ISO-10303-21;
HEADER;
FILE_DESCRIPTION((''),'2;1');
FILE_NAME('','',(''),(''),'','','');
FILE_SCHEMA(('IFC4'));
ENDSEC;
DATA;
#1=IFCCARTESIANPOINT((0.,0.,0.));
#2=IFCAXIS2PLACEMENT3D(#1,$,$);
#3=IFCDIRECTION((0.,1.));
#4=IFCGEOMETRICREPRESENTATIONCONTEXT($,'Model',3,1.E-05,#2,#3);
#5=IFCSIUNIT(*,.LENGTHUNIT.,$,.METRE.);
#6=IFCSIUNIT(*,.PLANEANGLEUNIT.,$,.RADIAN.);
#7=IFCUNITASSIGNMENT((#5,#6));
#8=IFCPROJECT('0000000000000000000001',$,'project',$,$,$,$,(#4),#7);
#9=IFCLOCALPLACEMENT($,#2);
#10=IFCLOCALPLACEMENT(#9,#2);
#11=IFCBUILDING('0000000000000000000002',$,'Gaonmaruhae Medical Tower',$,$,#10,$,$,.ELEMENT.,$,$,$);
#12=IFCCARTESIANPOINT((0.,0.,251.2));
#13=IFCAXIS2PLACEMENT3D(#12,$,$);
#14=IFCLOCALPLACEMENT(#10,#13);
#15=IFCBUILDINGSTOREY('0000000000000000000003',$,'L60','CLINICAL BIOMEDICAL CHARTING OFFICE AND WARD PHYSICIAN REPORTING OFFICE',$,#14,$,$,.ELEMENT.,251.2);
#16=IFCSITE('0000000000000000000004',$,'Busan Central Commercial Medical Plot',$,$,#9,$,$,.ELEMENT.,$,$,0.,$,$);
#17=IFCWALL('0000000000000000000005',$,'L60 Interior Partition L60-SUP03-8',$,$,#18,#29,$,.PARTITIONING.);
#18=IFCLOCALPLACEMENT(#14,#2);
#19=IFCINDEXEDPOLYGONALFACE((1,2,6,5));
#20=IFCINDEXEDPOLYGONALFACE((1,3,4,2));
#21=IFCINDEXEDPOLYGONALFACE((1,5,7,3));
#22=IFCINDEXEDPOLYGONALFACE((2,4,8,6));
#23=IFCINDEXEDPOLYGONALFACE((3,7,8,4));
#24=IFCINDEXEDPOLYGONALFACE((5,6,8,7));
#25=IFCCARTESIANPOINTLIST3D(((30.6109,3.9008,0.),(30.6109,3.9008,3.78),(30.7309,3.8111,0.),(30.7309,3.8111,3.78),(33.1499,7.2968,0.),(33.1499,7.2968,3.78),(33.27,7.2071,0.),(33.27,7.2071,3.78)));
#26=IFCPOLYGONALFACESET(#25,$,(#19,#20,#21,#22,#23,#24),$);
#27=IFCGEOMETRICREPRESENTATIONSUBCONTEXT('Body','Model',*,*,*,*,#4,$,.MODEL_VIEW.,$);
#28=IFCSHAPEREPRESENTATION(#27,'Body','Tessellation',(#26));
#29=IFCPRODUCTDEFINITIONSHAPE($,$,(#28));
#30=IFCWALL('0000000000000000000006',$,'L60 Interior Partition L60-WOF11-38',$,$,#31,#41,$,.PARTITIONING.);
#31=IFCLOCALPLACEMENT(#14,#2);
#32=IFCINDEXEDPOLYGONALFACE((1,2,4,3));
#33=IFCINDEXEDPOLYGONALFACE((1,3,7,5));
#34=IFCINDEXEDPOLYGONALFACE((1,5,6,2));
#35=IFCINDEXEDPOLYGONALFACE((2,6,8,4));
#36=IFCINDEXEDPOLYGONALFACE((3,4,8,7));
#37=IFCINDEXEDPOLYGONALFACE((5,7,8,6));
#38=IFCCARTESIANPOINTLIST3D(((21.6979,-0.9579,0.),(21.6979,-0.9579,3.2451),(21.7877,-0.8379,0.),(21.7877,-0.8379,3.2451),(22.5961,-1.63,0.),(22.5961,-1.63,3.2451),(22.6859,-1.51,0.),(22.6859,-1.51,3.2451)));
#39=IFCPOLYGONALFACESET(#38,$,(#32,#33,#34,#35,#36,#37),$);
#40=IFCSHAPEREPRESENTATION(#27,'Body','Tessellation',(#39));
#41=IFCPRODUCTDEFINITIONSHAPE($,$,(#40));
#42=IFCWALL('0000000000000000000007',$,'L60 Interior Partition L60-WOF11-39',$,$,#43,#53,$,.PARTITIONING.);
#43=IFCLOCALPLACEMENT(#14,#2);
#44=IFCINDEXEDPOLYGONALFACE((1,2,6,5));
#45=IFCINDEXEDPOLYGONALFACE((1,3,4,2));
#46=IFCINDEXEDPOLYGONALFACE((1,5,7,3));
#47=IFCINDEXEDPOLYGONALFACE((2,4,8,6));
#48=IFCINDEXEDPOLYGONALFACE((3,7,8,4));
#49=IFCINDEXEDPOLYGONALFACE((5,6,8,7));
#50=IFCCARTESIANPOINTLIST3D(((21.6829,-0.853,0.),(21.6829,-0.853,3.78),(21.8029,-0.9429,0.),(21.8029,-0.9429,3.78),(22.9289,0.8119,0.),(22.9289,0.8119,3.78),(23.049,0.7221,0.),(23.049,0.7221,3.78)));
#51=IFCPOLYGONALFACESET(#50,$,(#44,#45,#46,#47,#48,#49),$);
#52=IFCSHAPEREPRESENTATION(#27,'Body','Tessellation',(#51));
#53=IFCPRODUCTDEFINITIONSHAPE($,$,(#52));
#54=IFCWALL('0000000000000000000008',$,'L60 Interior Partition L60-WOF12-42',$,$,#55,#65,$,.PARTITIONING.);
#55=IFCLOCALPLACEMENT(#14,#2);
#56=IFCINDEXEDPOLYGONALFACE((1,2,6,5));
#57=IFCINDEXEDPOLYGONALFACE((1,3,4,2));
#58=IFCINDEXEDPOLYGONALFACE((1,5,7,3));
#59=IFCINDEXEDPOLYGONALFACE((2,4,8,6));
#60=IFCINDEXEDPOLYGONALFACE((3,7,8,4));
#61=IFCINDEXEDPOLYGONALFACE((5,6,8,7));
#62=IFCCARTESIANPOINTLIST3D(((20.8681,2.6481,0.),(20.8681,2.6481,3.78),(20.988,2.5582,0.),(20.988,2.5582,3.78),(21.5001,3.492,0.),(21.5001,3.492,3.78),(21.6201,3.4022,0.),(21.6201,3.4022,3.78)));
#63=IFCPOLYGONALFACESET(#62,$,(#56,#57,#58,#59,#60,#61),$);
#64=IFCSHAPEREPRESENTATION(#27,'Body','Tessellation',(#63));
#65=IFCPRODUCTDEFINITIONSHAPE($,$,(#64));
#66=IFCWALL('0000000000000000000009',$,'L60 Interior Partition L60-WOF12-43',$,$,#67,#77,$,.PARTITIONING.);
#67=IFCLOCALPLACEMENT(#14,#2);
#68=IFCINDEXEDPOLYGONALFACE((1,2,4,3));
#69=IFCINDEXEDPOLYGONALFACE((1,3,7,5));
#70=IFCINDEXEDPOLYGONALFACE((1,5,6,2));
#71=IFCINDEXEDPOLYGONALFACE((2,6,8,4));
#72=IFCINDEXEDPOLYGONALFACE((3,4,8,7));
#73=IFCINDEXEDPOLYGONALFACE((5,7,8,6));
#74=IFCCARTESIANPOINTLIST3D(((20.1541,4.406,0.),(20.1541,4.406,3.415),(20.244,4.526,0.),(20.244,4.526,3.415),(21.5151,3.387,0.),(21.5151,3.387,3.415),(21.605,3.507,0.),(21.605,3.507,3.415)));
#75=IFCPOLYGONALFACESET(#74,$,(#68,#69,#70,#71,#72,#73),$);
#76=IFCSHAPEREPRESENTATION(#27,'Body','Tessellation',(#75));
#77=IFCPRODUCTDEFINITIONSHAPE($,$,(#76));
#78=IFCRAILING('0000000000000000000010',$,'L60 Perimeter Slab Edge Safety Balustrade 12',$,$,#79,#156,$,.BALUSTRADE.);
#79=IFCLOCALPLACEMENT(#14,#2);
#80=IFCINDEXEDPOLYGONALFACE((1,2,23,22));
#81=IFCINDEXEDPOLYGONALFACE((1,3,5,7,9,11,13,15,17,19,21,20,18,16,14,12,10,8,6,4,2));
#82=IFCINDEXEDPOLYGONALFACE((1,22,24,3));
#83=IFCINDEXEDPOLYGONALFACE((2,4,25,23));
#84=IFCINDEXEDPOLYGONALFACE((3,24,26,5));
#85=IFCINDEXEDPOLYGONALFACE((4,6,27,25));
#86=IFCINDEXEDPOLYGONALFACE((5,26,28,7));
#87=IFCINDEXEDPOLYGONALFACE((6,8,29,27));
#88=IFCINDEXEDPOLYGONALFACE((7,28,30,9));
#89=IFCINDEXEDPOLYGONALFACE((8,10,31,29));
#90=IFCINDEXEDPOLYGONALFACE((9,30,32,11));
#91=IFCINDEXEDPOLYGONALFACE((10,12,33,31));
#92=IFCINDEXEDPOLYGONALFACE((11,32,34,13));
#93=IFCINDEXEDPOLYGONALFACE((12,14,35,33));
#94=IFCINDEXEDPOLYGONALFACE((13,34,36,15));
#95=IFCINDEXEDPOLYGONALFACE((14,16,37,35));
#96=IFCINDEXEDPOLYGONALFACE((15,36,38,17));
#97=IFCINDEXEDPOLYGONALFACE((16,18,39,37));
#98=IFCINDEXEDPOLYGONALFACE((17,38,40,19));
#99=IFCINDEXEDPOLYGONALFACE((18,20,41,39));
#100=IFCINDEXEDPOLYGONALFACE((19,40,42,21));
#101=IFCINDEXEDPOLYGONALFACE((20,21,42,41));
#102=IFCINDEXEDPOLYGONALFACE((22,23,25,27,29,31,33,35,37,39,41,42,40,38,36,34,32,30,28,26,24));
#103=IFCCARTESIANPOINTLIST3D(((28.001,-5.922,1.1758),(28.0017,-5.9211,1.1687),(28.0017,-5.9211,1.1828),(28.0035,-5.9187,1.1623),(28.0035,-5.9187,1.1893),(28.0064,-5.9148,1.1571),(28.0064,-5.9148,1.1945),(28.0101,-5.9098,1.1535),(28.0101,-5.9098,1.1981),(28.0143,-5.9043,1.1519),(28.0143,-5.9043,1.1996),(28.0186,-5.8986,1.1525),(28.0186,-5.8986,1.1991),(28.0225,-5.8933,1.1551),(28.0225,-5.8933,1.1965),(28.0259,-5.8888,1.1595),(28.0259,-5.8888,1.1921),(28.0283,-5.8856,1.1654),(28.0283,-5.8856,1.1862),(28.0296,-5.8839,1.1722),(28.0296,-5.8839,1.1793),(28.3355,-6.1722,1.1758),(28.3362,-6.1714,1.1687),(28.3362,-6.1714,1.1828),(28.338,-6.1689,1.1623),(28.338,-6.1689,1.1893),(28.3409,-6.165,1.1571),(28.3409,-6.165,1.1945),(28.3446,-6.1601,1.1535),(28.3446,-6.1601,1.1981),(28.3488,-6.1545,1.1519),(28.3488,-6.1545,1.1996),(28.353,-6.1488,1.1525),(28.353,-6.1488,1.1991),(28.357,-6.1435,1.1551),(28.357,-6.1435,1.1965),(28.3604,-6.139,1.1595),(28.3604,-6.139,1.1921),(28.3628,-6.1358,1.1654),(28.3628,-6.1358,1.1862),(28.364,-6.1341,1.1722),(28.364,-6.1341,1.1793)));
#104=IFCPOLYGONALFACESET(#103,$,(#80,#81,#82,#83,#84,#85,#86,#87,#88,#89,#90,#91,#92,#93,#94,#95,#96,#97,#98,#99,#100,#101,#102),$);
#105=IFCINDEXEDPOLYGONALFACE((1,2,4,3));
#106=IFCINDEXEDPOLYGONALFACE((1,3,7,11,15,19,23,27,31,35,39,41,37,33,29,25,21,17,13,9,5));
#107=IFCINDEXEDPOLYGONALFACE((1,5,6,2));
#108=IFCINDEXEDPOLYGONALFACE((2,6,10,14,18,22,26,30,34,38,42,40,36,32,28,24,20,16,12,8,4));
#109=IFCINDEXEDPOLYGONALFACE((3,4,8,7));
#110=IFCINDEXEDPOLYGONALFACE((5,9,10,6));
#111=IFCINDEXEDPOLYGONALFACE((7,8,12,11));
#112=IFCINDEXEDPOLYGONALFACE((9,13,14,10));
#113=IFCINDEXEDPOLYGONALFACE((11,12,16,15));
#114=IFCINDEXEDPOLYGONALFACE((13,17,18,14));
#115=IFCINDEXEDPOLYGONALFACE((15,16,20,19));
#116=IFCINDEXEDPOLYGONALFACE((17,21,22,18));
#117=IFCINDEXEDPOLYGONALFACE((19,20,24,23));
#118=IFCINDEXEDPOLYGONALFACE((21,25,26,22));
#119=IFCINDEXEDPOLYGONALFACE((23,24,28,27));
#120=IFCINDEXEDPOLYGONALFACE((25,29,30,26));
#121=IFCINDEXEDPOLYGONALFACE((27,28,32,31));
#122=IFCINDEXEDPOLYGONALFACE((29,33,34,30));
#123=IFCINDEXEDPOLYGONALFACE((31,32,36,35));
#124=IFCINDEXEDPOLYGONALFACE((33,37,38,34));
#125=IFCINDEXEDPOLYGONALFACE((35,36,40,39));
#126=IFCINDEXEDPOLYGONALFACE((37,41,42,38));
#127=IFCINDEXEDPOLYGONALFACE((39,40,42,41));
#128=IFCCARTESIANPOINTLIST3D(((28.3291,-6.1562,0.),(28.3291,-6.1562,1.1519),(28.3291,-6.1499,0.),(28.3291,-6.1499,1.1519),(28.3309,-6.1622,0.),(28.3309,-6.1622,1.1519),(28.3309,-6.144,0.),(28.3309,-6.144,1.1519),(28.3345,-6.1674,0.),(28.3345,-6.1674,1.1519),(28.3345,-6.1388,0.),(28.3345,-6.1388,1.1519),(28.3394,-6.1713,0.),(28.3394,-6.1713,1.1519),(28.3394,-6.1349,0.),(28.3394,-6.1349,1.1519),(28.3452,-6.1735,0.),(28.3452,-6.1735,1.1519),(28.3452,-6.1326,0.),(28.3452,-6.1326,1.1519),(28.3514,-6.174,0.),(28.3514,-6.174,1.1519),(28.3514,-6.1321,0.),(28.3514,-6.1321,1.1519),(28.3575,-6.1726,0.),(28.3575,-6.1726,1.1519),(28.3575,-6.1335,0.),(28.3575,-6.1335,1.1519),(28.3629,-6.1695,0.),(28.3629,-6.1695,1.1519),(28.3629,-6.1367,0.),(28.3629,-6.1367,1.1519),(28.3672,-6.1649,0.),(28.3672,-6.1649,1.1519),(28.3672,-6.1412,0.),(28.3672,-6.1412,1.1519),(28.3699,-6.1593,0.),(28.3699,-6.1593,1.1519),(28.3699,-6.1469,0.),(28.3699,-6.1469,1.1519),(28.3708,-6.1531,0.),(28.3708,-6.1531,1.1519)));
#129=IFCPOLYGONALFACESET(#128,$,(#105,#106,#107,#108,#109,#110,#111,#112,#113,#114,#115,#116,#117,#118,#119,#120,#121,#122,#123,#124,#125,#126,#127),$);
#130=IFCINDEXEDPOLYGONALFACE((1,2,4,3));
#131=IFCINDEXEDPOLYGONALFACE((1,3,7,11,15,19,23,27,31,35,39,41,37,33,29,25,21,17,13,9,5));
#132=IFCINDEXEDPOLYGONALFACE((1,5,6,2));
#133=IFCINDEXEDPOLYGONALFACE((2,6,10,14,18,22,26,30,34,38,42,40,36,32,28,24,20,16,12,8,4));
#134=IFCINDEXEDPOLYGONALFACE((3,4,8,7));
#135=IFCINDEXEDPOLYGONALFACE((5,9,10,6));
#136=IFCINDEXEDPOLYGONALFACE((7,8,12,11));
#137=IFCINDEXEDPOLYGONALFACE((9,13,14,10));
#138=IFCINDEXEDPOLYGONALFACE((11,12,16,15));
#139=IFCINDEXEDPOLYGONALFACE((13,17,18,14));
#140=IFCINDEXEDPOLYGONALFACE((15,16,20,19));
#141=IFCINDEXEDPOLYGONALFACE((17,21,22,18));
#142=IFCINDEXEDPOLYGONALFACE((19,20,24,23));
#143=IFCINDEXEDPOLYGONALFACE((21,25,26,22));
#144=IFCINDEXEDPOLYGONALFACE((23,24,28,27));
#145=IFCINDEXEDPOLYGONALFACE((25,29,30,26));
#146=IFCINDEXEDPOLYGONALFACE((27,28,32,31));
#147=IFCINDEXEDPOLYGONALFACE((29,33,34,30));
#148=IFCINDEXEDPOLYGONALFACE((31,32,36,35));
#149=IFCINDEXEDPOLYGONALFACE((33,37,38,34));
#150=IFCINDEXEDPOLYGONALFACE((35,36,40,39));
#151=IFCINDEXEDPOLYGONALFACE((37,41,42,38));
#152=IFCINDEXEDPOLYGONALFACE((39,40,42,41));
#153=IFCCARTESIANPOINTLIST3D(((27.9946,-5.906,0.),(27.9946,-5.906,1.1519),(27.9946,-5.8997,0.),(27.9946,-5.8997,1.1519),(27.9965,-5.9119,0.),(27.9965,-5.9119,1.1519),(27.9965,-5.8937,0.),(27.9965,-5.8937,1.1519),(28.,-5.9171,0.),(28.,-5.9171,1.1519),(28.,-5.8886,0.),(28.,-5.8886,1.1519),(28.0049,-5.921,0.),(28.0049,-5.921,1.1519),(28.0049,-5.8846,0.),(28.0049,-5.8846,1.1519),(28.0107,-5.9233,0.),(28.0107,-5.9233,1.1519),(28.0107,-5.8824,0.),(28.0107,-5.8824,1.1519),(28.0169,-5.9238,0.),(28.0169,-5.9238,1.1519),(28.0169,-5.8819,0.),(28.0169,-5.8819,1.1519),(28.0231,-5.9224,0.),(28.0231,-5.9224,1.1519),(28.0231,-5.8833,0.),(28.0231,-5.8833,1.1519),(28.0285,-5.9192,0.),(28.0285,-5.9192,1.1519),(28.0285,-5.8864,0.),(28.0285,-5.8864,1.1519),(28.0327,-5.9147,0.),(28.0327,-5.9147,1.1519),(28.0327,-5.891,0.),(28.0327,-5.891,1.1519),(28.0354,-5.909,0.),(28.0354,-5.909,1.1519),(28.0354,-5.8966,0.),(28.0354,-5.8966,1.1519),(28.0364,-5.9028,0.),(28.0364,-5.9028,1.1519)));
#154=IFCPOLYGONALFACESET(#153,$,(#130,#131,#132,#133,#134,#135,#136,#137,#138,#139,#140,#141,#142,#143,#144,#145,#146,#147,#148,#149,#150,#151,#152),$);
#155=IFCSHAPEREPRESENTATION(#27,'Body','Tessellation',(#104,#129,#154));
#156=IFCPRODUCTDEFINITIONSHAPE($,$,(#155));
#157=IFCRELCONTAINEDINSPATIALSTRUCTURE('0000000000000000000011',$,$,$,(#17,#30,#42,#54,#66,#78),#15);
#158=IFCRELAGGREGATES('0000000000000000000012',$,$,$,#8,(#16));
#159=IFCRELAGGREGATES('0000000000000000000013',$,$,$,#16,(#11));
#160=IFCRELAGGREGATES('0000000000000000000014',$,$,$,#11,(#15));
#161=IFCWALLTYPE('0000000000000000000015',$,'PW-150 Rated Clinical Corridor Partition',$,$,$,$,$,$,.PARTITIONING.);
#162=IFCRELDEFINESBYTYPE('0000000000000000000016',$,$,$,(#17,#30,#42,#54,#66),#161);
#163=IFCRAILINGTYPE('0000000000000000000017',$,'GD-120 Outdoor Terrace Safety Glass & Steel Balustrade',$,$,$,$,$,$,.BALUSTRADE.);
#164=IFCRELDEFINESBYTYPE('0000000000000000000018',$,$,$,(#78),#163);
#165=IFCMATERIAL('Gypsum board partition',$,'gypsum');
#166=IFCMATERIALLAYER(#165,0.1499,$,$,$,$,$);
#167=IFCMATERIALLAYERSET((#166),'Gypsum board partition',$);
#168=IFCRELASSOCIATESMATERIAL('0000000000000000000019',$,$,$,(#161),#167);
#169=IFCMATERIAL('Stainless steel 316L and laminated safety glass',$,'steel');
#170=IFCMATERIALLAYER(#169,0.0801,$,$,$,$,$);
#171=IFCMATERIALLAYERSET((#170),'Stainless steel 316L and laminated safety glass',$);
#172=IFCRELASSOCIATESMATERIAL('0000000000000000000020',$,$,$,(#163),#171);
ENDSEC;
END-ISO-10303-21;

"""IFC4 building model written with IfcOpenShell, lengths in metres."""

from ifc_helpers import new_model, si_unit, direction, frame, frame_2d, origin, origin_2d, place, context, subcontext, project, spatial, rectangle, circle, extrude, material, layer, layer_set, type_object, element, save


model = new_model("IFC4")

# Units and contexts
model_context = context("Model", 3, precision=1e-05, world=origin(), true_north=direction((0.0, 1.0)))
body_context = subcontext(model_context, "Body", "Model", "MODEL_VIEW")
ifc_project = project(units=[si_unit("LENGTHUNIT", "METRE"), si_unit("PLANEANGLEUNIT", "RADIAN")], contexts=[model_context])

# Site, building, storey
site_placement = place(None, origin())
site = spatial("IfcSite", under=ifc_project, at=site_placement, Name="Busan Central Commercial Medical Plot", CompositionType="ELEMENT", RefElevation=0.0)
building_placement = place(site_placement, origin())
building = spatial("IfcBuilding", under=site, at=building_placement, Name="Gaonmaruhae Medical Tower", CompositionType="ELEMENT")
storey_placement = place(building_placement, frame((0.0, 0.0, 251.2)))
storey = spatial("IfcBuildingStorey", under=building, at=storey_placement, Name="L60", Description="CLINICAL BIOMEDICAL CHARTING OFFICE AND WARD PHYSICIAN REPORTING OFFICE", CompositionType="ELEMENT", Elevation=251.2)

# Walls
ifc_material_1 = material(Name="Gypsum board partition", Category="gypsum")
ifc_layer_1 = layer(ifc_material_1, 0.1499)
ifc_layer_set_1 = layer_set([ifc_layer_1], Name="Gypsum board partition")
wall_type_1 = type_object("IfcWallType", Name="PW-150 Rated Clinical Corridor Partition", PredefinedType="PARTITIONING", material=ifc_layer_set_1)
wall_1_placement = place(storey_placement, frame((30.6709, 3.856, 0.0), z_axis=(0.0, 0.0, 1.0), x_axis=(0.598802, 0.800897, 0.0)))
element("IfcWall", 1, at=wall_1_placement, inside=storey, type_object=wall_type_1, Name="L60 Interior Partition L60-SUP03-8", PredefinedType="PARTITIONING", context=body_context, shape_type="SweptSolid", body=[
    extrude(rectangle(XDim=4.2402, YDim=0.1499, at=frame_2d((2.1201, 0.0))), origin(), (0.0, 0.0, 1.0), 3.78),
])
wall_2_placement = place(storey_placement, frame((22.6411, -1.5701, 0.0), z_axis=(0.0, 0.0, 1.0), x_axis=(-0.800652, 0.599129, 0.0)))
element("IfcWall", 2, at=wall_2_placement, inside=storey, type_object=wall_type_1, Name="L60 Interior Partition L60-WOF11-38", PredefinedType="PARTITIONING", context=body_context, shape_type="SweptSolid", body=[
    extrude(rectangle(XDim=1.1218, YDim=0.1499, at=frame_2d((0.561, 0.0))), origin(), (0.0, 0.0, 1.0), 3.2451),
])
wall_3_placement = place(storey_placement, frame((21.7429, -0.8979, 0.0), z_axis=(0.0, 0.0, 1.0), x_axis=(0.599173, 0.800619, 0.0)))
element("IfcWall", 3, at=wall_3_placement, inside=storey, type_object=wall_type_1, Name="L60 Interior Partition L60-WOF11-39", PredefinedType="PARTITIONING", context=body_context, shape_type="SweptSolid", body=[
    extrude(rectangle(XDim=2.0796, YDim=0.1499, at=frame_2d((1.0398, 0.0))), origin(), (0.0, 0.0, 1.0), 3.78),
])
wall_4_placement = place(storey_placement, frame((20.928, 2.603, 0.0), z_axis=(0.0, 0.0, 1.0), x_axis=(0.599444, 0.800417, 0.0)))
element("IfcWall", 4, at=wall_4_placement, inside=storey, type_object=wall_type_1, Name="L60 Interior Partition L60-WOF12-42", PredefinedType="PARTITIONING", context=body_context, shape_type="SweptSolid", body=[
    extrude(rectangle(XDim=1.0544, YDim=0.1499, at=frame_2d((0.5273, 0.0))), origin(), (0.0, 0.0, 1.0), 3.78),
])
wall_5_placement = place(storey_placement, frame((21.5601, 3.447, 0.0), z_axis=(0.0, 0.0, 1.0), x_axis=(-0.800499, 0.599334, 0.0)))
element("IfcWall", 5, at=wall_5_placement, inside=storey, type_object=wall_type_1, Name="L60 Interior Partition L60-WOF12-43", PredefinedType="PARTITIONING", context=body_context, shape_type="SweptSolid", body=[
    extrude(rectangle(XDim=1.7002, YDim=0.1499, at=frame_2d((0.8501, 0.0))), origin(), (0.0, 0.0, 1.0), 3.415),
])

# Railing
ifc_material_2 = material(Name="Stainless steel 316L and laminated safety glass", Category="steel")
ifc_layer_2 = layer(ifc_material_2, 0.0801)
ifc_layer_set_2 = layer_set([ifc_layer_2], Name="Stainless steel 316L and laminated safety glass")
railing_type = type_object("IfcRailingType", Name="GD-120 Outdoor Terrace Safety Glass & Steel Balustrade", PredefinedType="BALUSTRADE", material=ifc_layer_set_2)
railing_1_placement = place(storey_placement, frame((28.3499, -6.1531, 0.0)))
element("IfcRailing", 6, at=railing_1_placement, inside=storey, type_object=railing_type, Name="L60 Perimeter Slab Edge Safety Balustrade 12", PredefinedType="BALUSTRADE", context=body_context, shape_type="SweptSolid", body=[
    extrude(circle(Radius=0.0239, at=origin_2d()), frame((0.0, 0.0, 1.1758), z_axis=(-0.800701, 0.599064, 0.0), x_axis=(-0.599064, -0.800701, 0.0)), (0.0, 0.0, 1.0), 0.4177),
    extrude(circle(Radius=0.021, at=origin_2d()), origin(), (0.0, 0.0, 1.0), 1.1519),
    extrude(circle(Radius=0.021, at=origin_2d()), frame((-0.3345, 0.2502, 0.0)), (0.0, 0.0, 1.0), 1.1519),
])

save(model, "model.ifc")
